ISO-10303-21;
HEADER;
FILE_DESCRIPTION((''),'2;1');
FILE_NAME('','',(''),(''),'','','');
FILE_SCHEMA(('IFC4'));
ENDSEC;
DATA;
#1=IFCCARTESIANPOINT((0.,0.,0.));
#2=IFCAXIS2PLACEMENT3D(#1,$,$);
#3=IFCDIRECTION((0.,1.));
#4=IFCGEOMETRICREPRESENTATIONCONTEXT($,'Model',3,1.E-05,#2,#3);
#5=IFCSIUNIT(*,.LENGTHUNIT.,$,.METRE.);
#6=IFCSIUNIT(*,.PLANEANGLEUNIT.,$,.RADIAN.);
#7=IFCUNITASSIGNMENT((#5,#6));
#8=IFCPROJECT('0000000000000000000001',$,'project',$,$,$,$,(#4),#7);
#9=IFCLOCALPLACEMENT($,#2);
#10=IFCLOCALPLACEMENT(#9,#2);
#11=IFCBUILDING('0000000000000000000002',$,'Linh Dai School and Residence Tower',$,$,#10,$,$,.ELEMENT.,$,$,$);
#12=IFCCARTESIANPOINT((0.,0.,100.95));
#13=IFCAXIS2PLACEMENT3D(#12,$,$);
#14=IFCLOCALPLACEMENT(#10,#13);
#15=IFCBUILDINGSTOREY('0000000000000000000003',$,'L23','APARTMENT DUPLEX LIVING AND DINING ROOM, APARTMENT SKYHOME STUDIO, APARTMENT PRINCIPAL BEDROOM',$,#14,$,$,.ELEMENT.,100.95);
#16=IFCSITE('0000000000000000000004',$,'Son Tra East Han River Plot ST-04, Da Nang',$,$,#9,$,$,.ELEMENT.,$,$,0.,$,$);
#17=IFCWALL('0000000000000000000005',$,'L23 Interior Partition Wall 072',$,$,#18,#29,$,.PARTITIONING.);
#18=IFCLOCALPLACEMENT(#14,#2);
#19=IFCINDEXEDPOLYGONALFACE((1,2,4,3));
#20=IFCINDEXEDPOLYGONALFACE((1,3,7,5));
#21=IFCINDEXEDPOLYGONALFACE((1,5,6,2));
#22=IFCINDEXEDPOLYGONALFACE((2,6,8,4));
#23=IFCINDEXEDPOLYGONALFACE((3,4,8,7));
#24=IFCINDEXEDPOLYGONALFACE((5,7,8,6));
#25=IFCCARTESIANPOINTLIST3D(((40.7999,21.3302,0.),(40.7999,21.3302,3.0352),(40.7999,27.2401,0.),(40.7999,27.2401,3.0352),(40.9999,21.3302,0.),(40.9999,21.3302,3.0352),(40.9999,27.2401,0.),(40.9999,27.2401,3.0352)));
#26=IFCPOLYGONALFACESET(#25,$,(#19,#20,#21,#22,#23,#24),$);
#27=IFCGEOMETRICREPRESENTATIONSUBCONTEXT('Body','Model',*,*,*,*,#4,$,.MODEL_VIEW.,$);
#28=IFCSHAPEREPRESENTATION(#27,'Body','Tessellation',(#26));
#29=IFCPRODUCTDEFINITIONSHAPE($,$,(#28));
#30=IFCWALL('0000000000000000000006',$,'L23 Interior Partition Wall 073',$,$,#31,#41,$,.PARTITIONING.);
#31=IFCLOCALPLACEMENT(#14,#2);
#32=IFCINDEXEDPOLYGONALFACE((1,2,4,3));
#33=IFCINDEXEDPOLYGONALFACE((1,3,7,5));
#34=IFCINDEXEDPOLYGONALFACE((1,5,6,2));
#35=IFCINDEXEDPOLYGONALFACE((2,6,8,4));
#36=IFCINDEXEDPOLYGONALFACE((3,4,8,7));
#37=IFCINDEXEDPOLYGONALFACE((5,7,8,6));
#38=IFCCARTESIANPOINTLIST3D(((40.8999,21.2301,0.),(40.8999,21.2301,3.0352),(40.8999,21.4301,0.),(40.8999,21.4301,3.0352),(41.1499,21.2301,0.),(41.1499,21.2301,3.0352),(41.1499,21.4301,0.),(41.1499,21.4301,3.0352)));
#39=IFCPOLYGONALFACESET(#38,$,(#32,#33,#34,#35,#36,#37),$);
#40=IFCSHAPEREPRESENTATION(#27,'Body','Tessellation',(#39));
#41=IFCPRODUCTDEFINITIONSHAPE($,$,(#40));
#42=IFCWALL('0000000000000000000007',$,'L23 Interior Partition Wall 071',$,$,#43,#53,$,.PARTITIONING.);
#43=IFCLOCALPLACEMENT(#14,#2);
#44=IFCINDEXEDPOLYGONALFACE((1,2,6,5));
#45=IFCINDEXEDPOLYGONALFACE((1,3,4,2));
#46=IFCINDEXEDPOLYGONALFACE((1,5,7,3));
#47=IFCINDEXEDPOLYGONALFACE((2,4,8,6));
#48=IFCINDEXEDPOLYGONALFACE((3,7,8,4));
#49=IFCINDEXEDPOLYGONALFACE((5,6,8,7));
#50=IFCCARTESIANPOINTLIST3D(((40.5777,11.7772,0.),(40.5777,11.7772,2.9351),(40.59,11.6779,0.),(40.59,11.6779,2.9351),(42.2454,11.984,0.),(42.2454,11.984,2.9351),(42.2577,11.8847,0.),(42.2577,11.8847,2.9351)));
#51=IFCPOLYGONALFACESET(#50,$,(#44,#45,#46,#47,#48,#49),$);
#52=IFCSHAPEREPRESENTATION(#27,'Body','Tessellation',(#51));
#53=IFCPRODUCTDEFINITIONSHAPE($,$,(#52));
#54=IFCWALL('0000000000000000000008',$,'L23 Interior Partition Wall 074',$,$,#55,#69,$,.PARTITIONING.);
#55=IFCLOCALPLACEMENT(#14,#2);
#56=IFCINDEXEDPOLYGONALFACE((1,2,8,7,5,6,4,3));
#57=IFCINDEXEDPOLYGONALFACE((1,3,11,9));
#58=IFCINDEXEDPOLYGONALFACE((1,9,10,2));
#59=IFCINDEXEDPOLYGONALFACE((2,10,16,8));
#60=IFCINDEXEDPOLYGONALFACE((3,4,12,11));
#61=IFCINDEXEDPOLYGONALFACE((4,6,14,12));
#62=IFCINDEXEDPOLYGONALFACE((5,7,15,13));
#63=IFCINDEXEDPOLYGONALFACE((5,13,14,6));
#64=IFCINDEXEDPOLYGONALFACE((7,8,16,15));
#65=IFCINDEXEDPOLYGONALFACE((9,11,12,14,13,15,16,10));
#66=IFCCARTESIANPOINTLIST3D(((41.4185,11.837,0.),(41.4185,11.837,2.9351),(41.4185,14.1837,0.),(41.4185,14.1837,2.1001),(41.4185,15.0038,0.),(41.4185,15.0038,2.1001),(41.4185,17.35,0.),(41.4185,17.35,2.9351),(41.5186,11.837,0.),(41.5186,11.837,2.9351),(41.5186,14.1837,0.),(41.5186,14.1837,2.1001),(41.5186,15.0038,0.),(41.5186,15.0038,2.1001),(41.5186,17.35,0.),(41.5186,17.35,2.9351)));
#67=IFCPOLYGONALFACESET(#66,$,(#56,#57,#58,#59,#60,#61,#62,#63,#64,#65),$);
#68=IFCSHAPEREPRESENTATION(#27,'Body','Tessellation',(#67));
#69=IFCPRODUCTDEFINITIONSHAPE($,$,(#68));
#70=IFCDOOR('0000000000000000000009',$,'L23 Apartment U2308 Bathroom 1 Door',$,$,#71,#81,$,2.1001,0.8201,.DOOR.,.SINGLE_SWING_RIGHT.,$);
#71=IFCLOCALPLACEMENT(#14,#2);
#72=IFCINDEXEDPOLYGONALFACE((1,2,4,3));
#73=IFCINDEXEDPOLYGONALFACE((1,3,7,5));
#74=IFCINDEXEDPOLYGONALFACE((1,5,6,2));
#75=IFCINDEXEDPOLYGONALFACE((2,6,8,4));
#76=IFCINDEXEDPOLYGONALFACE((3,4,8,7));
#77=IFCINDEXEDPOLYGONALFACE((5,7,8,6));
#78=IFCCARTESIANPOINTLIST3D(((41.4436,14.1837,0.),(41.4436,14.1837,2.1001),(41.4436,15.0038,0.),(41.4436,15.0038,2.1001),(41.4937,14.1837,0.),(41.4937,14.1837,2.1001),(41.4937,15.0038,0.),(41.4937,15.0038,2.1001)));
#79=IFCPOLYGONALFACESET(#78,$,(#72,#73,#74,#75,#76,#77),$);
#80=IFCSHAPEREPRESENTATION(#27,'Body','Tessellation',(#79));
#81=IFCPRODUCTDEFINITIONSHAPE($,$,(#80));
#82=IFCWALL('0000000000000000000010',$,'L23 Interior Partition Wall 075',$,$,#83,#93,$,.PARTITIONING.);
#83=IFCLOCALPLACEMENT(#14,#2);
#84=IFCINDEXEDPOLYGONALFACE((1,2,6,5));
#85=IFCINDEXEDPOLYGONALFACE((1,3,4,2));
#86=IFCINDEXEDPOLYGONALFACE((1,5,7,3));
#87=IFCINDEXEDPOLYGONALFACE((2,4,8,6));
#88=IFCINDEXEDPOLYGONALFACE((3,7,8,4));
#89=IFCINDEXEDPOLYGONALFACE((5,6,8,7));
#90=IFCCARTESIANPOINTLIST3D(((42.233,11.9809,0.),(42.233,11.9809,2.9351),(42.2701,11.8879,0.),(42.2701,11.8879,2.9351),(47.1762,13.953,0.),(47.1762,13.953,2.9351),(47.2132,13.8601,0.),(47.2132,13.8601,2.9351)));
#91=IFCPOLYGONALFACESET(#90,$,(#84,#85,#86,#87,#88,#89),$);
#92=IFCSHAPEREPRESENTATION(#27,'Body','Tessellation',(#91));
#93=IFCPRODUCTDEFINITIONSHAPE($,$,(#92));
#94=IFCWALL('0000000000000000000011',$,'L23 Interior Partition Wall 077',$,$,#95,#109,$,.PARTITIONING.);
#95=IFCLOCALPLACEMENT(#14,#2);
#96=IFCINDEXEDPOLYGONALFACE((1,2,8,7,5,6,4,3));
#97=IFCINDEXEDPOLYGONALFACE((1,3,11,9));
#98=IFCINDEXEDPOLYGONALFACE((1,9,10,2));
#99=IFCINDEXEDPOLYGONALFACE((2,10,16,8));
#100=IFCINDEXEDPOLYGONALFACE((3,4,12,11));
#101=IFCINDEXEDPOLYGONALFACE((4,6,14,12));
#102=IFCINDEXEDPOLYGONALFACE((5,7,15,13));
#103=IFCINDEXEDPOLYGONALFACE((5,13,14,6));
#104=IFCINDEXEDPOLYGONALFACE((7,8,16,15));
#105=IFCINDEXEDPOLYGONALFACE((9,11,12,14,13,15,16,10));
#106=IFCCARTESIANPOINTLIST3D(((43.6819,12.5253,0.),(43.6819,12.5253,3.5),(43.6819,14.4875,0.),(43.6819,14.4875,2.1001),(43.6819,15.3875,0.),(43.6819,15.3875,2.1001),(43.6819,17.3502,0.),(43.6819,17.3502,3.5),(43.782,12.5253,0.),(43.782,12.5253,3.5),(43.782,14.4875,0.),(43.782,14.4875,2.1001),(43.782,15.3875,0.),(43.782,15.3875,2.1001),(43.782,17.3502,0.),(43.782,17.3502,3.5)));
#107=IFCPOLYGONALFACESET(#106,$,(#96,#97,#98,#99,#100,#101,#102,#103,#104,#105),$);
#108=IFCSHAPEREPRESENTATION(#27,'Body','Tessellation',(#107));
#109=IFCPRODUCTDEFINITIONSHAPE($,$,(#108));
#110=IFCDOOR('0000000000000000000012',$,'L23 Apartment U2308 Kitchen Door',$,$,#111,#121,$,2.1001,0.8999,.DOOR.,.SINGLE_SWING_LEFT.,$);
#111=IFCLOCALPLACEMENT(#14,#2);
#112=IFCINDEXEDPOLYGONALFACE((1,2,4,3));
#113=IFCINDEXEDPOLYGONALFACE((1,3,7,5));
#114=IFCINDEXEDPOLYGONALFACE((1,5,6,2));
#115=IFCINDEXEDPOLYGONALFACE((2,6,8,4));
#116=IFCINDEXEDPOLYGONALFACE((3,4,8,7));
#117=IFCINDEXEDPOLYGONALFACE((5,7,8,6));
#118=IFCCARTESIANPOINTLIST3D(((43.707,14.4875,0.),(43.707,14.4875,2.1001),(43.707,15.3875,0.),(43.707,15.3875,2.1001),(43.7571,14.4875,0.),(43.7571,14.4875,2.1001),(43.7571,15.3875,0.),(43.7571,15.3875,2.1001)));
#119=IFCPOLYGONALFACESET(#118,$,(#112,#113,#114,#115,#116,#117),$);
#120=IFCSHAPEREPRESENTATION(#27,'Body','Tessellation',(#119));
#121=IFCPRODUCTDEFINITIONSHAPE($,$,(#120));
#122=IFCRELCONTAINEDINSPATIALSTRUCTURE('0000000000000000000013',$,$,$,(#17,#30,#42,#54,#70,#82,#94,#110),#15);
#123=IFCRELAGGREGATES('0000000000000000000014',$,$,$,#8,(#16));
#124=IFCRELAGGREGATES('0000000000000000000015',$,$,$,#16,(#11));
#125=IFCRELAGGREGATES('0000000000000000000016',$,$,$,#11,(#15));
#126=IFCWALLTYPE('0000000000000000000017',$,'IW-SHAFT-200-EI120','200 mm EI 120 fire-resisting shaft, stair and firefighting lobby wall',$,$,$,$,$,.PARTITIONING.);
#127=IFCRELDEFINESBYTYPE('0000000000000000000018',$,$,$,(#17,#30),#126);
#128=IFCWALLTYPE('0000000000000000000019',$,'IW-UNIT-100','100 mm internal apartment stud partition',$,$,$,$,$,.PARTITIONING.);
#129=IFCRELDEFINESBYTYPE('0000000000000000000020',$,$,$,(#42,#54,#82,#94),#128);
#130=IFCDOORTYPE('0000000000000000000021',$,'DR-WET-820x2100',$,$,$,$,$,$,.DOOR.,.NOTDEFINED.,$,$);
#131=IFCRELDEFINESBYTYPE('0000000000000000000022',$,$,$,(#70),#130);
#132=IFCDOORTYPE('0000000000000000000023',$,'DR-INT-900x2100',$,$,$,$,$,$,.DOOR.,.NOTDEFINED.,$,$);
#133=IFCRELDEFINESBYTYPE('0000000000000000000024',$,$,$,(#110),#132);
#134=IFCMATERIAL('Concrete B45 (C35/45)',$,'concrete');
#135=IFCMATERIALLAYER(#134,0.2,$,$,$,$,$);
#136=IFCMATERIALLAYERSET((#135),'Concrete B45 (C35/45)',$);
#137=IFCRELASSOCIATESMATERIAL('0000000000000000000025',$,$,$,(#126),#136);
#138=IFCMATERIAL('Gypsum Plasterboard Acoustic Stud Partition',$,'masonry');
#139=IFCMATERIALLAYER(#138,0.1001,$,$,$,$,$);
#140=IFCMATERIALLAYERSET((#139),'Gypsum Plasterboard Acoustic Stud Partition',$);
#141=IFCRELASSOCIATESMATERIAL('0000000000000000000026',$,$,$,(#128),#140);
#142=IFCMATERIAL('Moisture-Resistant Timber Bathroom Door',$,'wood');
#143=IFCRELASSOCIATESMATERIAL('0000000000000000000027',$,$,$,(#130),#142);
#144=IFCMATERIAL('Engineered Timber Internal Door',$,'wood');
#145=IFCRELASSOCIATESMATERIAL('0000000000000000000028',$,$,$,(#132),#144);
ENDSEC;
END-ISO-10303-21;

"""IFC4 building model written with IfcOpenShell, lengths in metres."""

from ifc_helpers import new_model, si_unit, direction, frame, frame_2d, origin, origin_2d, place, context, subcontext, project, spatial, rectangle, extrude, source, transform, mapped, material, layer, layer_set, type_object, element, fill, save


model = new_model("IFC4")

# Units and contexts
model_context = context("Model", 3, precision=1e-05, world=origin(), true_north=direction((0.0, 1.0)))
body_context = subcontext(model_context, "Body", "Model", "MODEL_VIEW")
ifc_project = project(units=[si_unit("LENGTHUNIT", "METRE"), si_unit("PLANEANGLEUNIT", "RADIAN")], contexts=[model_context])

# Site, building, storey
site_placement = place(None, origin())
site = spatial("IfcSite", under=ifc_project, at=site_placement, Name="Son Tra East Han River Plot ST-04, Da Nang", CompositionType="ELEMENT", RefElevation=0.0)
building_placement = place(site_placement, origin())
building = spatial("IfcBuilding", under=site, at=building_placement, Name="Linh Dai School and Residence Tower", CompositionType="ELEMENT")
storey_placement = place(building_placement, frame((0.0, 0.0, 100.95)))
storey = spatial("IfcBuildingStorey", under=building, at=storey_placement, Name="L23", Description="APARTMENT DUPLEX LIVING AND DINING ROOM, APARTMENT SKYHOME STUDIO, APARTMENT PRINCIPAL BEDROOM", CompositionType="ELEMENT", Elevation=100.95)

# Walls
ifc_material_1 = material(Name="Concrete B45 (C35/45)", Category="concrete")
ifc_layer_1 = layer(ifc_material_1, 0.2)
ifc_layer_set_1 = layer_set([ifc_layer_1], Name="Concrete B45 (C35/45)")
wall_type_1 = type_object("IfcWallType", Name="IW-SHAFT-200-EI120", Description="200 mm EI 120 fire-resisting shaft, stair and firefighting lobby wall", PredefinedType="PARTITIONING", material=ifc_layer_set_1)
wall_1_placement = place(storey_placement, frame((40.8999, 21.3301, 0.0), z_axis=(0.0, 0.0, 1.0), x_axis=(0.0, 1.0, 0.0)))
element("IfcWall", 1, at=wall_1_placement, inside=storey, type_object=wall_type_1, Name="L23 Interior Partition Wall 072", PredefinedType="PARTITIONING", context=body_context, shape_type="SweptSolid", body=[
    extrude(rectangle(XDim=5.9099, YDim=0.2, at=frame_2d((2.9551, 0.0))), origin(), (0.0, 0.0, 1.0), 3.0352),
])
wall_2_placement = place(storey_placement, frame((40.8999, 21.3301, 0.0), z_axis=(0.0, 0.0, 1.0), x_axis=(1.0, 0.0, 0.0)))
element("IfcWall", 2, at=wall_2_placement, inside=storey, type_object=wall_type_1, Name="L23 Interior Partition Wall 073", PredefinedType="PARTITIONING", context=body_context, shape_type="SweptSolid", body=[
    extrude(rectangle(XDim=0.25, YDim=0.2, at=frame_2d((0.125, 0.0))), origin(), (0.0, 0.0, 1.0), 3.0352),
])
ifc_material_2 = material(Name="Gypsum Plasterboard Acoustic Stud Partition", Category="masonry")
ifc_layer_2 = layer(ifc_material_2, 0.1001)
ifc_layer_set_2 = layer_set([ifc_layer_2], Name="Gypsum Plasterboard Acoustic Stud Partition")
wall_type_2 = type_object("IfcWallType", Name="IW-UNIT-100", Description="100 mm internal apartment stud partition", PredefinedType="PARTITIONING", material=ifc_layer_set_2)
wall_3_placement = place(storey_placement, frame((40.5837, 11.7275, 0.0), z_axis=(0.0, 0.0, 1.0), x_axis=(0.9924, 0.123051, 0.0)))
element("IfcWall", 3, at=wall_3_placement, inside=storey, type_object=wall_type_2, Name="L23 Interior Partition Wall 071", PredefinedType="PARTITIONING", context=body_context, shape_type="SweptSolid", body=[
    extrude(rectangle(XDim=1.6804, YDim=0.1001, at=frame_2d((0.8403, 0.0))), origin(), (0.0, 0.0, 1.0), 2.9351),
])

# Wall, opening, door
wall_4_placement = place(storey_placement, frame((41.4685, 11.8372, 0.0), z_axis=(0.0, 0.0, 1.0), x_axis=(0.0, 1.0, 0.0)))
wall_4 = element("IfcWall", 4, at=wall_4_placement, inside=storey, type_object=wall_type_2, Name="L23 Interior Partition Wall 074", PredefinedType="PARTITIONING", context=body_context, shape_type="SweptSolid", body=[
    extrude(rectangle(XDim=5.5129, YDim=0.1001, at=frame_2d((2.7563, 0.0))), origin(), (0.0, 0.0, 1.0), 2.9351),
])
opening_1_placement = place(wall_4_placement, frame((2.3464, 0.0, 0.0)))
opening_1 = element("IfcOpeningElement", 5, at=opening_1_placement, cuts=wall_4, PredefinedType="OPENING", context=body_context, shape_type="SweptSolid", body=[
    extrude(rectangle(XDim=0.8201, YDim=2.1001, at=origin_2d()), frame((0.4102, 0.0601, 1.05), z_axis=(0.0, -1.0, 0.0), x_axis=(1.0, 0.0, 0.0)), (0.0, 0.0, 1.0), 0.1201),
])
ifc_material_3 = material(Name="Moisture-Resistant Timber Bathroom Door", Category="wood")
door_type_1 = type_object("IfcDoorType", Name="DR-WET-820x2100", OperationType="NOTDEFINED", PredefinedType="DOOR", material=ifc_material_3)
shared_shape_1 = source(origin(), body_context, "Body", "SweptSolid", [
    extrude(rectangle(XDim=0.8201, YDim=2.1001, at=origin_2d()), frame((0.4102, 0.0249, 1.05), z_axis=(0.0, -1.0, 0.0), x_axis=(1.0, 0.0, 0.0)), (0.0, 0.0, 1.0), 0.05),
])
door_1_placement = place(opening_1_placement, origin())
door_1 = element("IfcDoor", 6, at=door_1_placement, inside=storey, type_object=door_type_1, Name="L23 Apartment U2308 Bathroom 1 Door", OperationType="SINGLE_SWING_RIGHT", OverallHeight=2.1001, OverallWidth=0.8201, PredefinedType="DOOR", context=body_context, shape_type="MappedRepresentation", body=[
    mapped(shared_shape_1, transform((0.0, 0.0, 0.0), x_axis=(1.0, 0.0, 0.0), y_axis=(0.0, 1.0, 0.0), z_axis=(0.0, 0.0, 1.0), scale=1.0)),
])
fill(opening_1, door_1)

# Wall
wall_5_placement = place(storey_placement, frame((42.2515, 11.9343, 0.0), z_axis=(0.0, 0.0, 1.0), x_axis=(0.928805, 0.370568, 0.0)))
element("IfcWall", 7, at=wall_5_placement, inside=storey, type_object=wall_type_2, Name="L23 Interior Partition Wall 075", PredefinedType="PARTITIONING", context=body_context, shape_type="SweptSolid", body=[
    extrude(rectangle(XDim=5.322, YDim=0.1001, at=frame_2d((2.6611, 0.0))), origin(), (0.0, 0.0, 1.0), 2.9351),
])

# Wall, opening, door
wall_6_placement = place(storey_placement, frame((43.7319, 12.5251, 0.0), z_axis=(0.0, 0.0, 1.0), x_axis=(0.0, 1.0, 0.0)))
wall_6 = element("IfcWall", 8, at=wall_6_placement, inside=storey, type_object=wall_type_2, Name="L23 Interior Partition Wall 077", PredefinedType="PARTITIONING", context=body_context, shape_type="SweptSolid", body=[
    extrude(rectangle(XDim=4.825, YDim=0.1001, at=frame_2d((2.4126, 0.0))), origin(), (0.0, 0.0, 1.0), 3.5),
])
opening_2_placement = place(wall_6_placement, frame((1.9624, 0.0, 0.0)))
opening_2 = element("IfcOpeningElement", 9, at=opening_2_placement, cuts=wall_6, PredefinedType="OPENING", context=body_context, shape_type="SweptSolid", body=[
    extrude(rectangle(XDim=0.8999, YDim=2.1001, at=origin_2d()), frame((0.45, 0.0601, 1.05), z_axis=(0.0, -1.0, 0.0), x_axis=(1.0, 0.0, 0.0)), (0.0, 0.0, 1.0), 0.1201),
])
ifc_material_4 = material(Name="Engineered Timber Internal Door", Category="wood")
door_type_2 = type_object("IfcDoorType", Name="DR-INT-900x2100", OperationType="NOTDEFINED", PredefinedType="DOOR", material=ifc_material_4)
shared_shape_2 = source(origin(), body_context, "Body", "SweptSolid", [
    extrude(rectangle(XDim=0.8999, YDim=2.1001, at=origin_2d()), frame((0.45, 0.0249, 1.05), z_axis=(0.0, -1.0, 0.0), x_axis=(1.0, 0.0, 0.0)), (0.0, 0.0, 1.0), 0.05),
])
door_2_placement = place(opening_2_placement, origin())
door_2 = element("IfcDoor", 10, at=door_2_placement, inside=storey, type_object=door_type_2, Name="L23 Apartment U2308 Kitchen Door", OperationType="SINGLE_SWING_LEFT", OverallHeight=2.1001, OverallWidth=0.8999, PredefinedType="DOOR", context=body_context, shape_type="MappedRepresentation", body=[
    mapped(shared_shape_2, transform((0.0, 0.0, 0.0), x_axis=(1.0, 0.0, 0.0), y_axis=(0.0, 1.0, 0.0), z_axis=(0.0, 0.0, 1.0), scale=1.0)),
])
fill(opening_2, door_2)

save(model, "model.ifc")
